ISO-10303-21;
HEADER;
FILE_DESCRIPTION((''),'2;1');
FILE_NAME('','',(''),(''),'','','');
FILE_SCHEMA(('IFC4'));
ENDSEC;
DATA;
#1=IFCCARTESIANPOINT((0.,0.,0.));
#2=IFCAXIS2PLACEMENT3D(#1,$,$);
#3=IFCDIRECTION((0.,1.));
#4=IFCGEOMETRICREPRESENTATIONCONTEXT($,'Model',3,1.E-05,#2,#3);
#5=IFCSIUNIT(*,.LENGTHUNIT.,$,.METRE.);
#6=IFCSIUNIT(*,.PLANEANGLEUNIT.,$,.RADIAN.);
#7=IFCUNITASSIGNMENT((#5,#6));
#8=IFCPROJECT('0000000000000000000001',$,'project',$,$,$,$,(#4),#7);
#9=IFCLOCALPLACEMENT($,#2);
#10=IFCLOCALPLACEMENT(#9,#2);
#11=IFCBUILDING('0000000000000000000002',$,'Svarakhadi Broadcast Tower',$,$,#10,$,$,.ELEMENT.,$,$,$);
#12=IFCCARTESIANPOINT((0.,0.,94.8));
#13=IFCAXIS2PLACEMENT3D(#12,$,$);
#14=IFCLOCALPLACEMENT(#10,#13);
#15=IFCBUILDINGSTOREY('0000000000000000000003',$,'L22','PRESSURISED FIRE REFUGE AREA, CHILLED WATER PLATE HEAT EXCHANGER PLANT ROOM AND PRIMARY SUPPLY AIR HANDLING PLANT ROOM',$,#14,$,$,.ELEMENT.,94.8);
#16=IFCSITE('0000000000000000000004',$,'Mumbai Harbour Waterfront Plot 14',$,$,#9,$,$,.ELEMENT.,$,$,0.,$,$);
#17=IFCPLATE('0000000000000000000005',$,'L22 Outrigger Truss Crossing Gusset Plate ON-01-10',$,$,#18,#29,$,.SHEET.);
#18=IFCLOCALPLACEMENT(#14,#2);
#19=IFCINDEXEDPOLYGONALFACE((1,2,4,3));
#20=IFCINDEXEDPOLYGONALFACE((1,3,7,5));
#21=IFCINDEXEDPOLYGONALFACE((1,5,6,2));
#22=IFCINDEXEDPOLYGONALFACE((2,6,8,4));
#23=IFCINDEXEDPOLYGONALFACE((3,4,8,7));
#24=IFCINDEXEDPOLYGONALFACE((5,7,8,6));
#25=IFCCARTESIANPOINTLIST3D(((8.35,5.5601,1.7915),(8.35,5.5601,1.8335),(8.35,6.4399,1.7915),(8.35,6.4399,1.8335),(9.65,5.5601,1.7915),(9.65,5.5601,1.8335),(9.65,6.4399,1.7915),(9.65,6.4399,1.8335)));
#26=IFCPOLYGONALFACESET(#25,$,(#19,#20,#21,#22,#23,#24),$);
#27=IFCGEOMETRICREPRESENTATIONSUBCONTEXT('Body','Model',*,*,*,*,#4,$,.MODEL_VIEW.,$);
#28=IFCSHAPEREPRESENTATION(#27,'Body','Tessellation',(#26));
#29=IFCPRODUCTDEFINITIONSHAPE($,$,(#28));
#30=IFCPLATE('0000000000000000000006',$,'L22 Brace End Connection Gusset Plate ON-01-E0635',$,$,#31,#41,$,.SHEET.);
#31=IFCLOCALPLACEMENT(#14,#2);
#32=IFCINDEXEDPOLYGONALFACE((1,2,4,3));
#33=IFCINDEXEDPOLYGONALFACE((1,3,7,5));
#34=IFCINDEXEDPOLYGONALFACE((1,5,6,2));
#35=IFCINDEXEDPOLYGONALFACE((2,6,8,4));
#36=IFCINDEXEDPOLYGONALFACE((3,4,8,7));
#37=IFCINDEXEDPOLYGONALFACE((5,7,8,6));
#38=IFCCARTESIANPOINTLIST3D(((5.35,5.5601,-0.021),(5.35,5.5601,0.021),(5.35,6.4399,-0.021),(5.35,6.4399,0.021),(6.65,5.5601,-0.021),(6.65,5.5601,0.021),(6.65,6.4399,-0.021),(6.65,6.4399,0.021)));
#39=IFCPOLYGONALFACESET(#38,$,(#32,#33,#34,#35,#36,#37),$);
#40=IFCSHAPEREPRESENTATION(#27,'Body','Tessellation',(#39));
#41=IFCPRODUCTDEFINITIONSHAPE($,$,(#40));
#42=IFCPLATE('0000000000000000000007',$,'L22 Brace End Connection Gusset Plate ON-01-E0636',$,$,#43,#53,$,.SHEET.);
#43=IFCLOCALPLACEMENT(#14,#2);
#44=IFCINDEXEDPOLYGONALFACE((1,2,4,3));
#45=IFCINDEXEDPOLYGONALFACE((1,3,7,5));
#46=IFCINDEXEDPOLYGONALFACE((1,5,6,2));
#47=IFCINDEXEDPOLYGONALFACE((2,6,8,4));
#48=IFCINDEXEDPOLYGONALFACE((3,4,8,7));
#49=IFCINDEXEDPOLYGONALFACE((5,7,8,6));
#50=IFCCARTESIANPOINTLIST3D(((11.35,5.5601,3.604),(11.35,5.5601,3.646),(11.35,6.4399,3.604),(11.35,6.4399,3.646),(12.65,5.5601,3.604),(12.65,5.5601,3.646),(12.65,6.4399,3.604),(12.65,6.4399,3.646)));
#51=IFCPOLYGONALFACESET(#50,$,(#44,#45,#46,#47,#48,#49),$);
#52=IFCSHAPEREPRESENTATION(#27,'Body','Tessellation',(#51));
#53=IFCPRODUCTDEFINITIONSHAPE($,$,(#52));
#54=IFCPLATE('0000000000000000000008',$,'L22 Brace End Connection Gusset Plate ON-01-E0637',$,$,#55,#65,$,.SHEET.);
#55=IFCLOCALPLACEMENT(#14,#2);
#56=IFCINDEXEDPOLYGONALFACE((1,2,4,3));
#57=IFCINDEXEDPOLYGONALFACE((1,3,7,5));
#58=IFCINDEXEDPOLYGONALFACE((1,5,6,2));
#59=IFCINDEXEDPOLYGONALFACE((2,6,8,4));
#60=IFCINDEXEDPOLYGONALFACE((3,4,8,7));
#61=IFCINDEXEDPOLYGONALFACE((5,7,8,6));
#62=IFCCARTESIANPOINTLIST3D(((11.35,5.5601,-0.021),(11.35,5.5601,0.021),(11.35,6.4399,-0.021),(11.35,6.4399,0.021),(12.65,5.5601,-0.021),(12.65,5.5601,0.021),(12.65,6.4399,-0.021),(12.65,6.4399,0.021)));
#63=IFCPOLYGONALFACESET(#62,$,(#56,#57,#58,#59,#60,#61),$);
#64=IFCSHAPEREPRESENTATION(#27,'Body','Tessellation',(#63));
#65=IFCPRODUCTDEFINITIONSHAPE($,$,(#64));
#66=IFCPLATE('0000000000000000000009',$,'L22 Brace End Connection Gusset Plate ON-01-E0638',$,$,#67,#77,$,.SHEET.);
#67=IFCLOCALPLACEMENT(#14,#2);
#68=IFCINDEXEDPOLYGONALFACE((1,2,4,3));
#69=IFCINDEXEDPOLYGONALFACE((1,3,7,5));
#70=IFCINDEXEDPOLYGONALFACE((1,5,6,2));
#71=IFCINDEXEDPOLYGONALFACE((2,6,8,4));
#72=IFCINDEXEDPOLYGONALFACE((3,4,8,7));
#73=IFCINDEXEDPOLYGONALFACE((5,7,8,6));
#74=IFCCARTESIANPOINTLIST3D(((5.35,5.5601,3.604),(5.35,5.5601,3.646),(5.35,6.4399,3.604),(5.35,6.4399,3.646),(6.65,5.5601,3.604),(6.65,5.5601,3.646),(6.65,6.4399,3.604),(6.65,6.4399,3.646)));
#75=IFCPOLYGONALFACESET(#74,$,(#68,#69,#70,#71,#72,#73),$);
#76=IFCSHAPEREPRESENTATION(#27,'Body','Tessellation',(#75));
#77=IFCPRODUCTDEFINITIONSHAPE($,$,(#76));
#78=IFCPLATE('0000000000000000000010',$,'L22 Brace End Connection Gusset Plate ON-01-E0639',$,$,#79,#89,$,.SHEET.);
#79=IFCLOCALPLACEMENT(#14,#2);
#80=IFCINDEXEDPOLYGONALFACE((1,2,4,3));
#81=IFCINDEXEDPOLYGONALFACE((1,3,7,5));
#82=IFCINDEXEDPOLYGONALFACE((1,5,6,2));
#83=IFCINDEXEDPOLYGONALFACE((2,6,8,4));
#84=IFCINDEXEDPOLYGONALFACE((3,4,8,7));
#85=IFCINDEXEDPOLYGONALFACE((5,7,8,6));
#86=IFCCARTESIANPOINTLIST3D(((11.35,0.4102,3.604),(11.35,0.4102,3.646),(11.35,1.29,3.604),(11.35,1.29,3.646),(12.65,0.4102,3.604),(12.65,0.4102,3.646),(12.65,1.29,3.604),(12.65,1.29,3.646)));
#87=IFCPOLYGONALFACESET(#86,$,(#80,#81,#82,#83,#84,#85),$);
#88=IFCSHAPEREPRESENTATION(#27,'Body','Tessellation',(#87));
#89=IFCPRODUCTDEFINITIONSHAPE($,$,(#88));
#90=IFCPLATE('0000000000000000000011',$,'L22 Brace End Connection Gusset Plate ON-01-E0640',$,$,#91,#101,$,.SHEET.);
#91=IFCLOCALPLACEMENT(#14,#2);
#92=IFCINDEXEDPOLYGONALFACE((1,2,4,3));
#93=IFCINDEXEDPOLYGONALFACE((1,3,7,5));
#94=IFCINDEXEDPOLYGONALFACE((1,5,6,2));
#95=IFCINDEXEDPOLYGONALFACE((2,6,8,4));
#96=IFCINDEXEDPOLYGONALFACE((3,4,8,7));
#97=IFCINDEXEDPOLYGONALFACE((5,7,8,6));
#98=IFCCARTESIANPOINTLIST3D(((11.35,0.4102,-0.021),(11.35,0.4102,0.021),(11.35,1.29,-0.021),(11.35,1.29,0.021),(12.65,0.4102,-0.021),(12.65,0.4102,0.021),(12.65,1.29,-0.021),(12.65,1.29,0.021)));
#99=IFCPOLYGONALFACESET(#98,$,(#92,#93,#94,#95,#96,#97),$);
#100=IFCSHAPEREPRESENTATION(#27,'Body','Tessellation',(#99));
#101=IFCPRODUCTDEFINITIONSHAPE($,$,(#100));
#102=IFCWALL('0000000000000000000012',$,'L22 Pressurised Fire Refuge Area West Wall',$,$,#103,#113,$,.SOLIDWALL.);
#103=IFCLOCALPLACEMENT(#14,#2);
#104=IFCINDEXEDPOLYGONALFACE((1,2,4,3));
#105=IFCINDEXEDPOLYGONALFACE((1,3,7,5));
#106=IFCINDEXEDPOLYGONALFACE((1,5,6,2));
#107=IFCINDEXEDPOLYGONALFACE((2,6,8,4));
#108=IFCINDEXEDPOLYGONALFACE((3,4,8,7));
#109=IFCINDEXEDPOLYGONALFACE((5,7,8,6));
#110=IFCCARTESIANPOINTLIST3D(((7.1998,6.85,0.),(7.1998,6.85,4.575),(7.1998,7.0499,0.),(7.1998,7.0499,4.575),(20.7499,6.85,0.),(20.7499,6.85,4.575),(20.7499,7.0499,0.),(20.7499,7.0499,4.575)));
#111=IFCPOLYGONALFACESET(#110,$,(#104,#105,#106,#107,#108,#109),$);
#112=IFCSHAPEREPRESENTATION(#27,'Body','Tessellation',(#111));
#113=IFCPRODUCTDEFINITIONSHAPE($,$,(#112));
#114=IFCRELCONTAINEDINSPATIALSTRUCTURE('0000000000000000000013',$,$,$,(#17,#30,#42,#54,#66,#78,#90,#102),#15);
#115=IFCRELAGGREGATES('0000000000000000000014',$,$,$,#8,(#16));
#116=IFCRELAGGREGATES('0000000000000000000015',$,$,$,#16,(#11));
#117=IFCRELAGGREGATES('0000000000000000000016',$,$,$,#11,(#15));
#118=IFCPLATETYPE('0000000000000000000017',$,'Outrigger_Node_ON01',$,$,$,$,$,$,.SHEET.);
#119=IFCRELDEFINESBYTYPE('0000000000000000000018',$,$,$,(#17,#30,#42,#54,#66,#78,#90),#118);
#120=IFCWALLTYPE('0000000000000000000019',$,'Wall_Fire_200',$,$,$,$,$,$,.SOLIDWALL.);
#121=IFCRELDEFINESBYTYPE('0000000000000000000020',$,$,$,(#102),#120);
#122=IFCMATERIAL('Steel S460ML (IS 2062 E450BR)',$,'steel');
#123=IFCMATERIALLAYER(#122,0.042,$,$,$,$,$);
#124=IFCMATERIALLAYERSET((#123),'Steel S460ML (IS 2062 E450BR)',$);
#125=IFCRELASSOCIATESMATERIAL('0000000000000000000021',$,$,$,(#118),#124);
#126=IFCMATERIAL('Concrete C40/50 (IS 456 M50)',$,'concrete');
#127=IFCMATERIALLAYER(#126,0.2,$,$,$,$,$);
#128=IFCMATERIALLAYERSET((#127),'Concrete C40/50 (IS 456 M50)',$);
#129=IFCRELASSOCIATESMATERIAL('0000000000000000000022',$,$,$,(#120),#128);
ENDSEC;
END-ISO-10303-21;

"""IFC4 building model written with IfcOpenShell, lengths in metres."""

from ifc_helpers import new_model, si_unit, direction, frame, frame_2d, origin, origin_2d, place, context, subcontext, project, spatial, rectangle, extrude, material, layer, layer_set, type_object, element, save


model = new_model("IFC4")

# Units and contexts
model_context = context("Model", 3, precision=1e-05, world=origin(), true_north=direction((0.0, 1.0)))
body_context = subcontext(model_context, "Body", "Model", "MODEL_VIEW")
ifc_project = project(units=[si_unit("LENGTHUNIT", "METRE"), si_unit("PLANEANGLEUNIT", "RADIAN")], contexts=[model_context])

# Site, building, storey
site_placement = place(None, origin())
site = spatial("IfcSite", under=ifc_project, at=site_placement, Name="Mumbai Harbour Waterfront Plot 14", CompositionType="ELEMENT", RefElevation=0.0)
building_placement = place(site_placement, origin())
building = spatial("IfcBuilding", under=site, at=building_placement, Name="Svarakhadi Broadcast Tower", CompositionType="ELEMENT")
storey_placement = place(building_placement, frame((0.0, 0.0, 94.8)))
storey = spatial("IfcBuildingStorey", under=building, at=storey_placement, Name="L22", Description="PRESSURISED FIRE REFUGE AREA, CHILLED WATER PLATE HEAT EXCHANGER PLANT ROOM AND PRIMARY SUPPLY AIR HANDLING PLANT ROOM", CompositionType="ELEMENT", Elevation=94.8)

# Shared definitions
ifc_material_1 = material(Name="Steel S460ML (IS 2062 E450BR)", Category="steel")

# Plates
ifc_layer_1 = layer(ifc_material_1, 0.042)
ifc_layer_set_1 = layer_set([ifc_layer_1], Name="Steel S460ML (IS 2062 E450BR)")
plate_type_1 = type_object("IfcPlateType", Name="Outrigger_Node_ON01", PredefinedType="SHEET", material=ifc_layer_set_1)
for number, where, z_axis, x_axis, name in (
    (1, (9.0, 6.0, 1.7915), (0.0, 0.0, 1.0), (1.0, 0.0, 0.0), "L22 Outrigger Truss Crossing Gusset Plate ON-01-10"),
    (2, (6.0, 6.0, -0.021), (0.0, 0.0, 1.0), (1.0, 0.0, 0.0), "L22 Brace End Connection Gusset Plate ON-01-E0635"),
    (3, (12.0, 6.0, 3.604), (0.0, 0.0, 1.0), (1.0, 0.0, 0.0), "L22 Brace End Connection Gusset Plate ON-01-E0636"),
    (4, (12.0, 6.0, -0.021), (0.0, 0.0, 1.0), (1.0, 0.0, 0.0), "L22 Brace End Connection Gusset Plate ON-01-E0637"),
    (5, (6.0, 6.0, 3.604), (0.0, 0.0, 1.0), (1.0, 0.0, 0.0), "L22 Brace End Connection Gusset Plate ON-01-E0638"),
    (6, (12.0, 0.8501, 3.604), (0.0, 0.0, 1.0), (1.0, 0.0, 0.0), "L22 Brace End Connection Gusset Plate ON-01-E0639"),
    (7, (12.0, 0.8501, -0.021), (0.0, 0.0, 1.0), (1.0, 0.0, 0.0), "L22 Brace End Connection Gusset Plate ON-01-E0640"),
):
    element("IfcPlate", number, at=place(storey_placement, frame(where, z_axis=z_axis, x_axis=x_axis)), inside=storey, type_object=plate_type_1, Name=name, PredefinedType="SHEET", context=body_context, shape_type="SweptSolid", body=[
        extrude(rectangle(XDim=1.3, YDim=0.8799, at=origin_2d()), origin(), (0.0, 0.0, 1.0), 0.042),
    ])

# Wall
ifc_material_2 = material(Name="Concrete C40/50 (IS 456 M50)", Category="concrete")
ifc_layer_2 = layer(ifc_material_2, 0.2)
ifc_layer_set_2 = layer_set([ifc_layer_2], Name="Concrete C40/50 (IS 456 M50)")
wall_type = type_object("IfcWallType", Name="Wall_Fire_200", PredefinedType="SOLIDWALL", material=ifc_layer_set_2)
wall_placement = place(storey_placement, frame((7.2, 6.95, 0.0), z_axis=(0.0, 0.0, 1.0), x_axis=(1.0, 0.0, 0.0)))
element("IfcWall", 8, at=wall_placement, inside=storey, type_object=wall_type, Name="L22 Pressurised Fire Refuge Area West Wall", PredefinedType="SOLIDWALL", context=body_context, shape_type="SweptSolid", body=[
    extrude(rectangle(XDim=13.55, YDim=0.2, at=frame_2d((6.7749, 0.0))), origin(), (0.0, 0.0, 1.0), 4.575),
])

save(model, "model.ifc")
